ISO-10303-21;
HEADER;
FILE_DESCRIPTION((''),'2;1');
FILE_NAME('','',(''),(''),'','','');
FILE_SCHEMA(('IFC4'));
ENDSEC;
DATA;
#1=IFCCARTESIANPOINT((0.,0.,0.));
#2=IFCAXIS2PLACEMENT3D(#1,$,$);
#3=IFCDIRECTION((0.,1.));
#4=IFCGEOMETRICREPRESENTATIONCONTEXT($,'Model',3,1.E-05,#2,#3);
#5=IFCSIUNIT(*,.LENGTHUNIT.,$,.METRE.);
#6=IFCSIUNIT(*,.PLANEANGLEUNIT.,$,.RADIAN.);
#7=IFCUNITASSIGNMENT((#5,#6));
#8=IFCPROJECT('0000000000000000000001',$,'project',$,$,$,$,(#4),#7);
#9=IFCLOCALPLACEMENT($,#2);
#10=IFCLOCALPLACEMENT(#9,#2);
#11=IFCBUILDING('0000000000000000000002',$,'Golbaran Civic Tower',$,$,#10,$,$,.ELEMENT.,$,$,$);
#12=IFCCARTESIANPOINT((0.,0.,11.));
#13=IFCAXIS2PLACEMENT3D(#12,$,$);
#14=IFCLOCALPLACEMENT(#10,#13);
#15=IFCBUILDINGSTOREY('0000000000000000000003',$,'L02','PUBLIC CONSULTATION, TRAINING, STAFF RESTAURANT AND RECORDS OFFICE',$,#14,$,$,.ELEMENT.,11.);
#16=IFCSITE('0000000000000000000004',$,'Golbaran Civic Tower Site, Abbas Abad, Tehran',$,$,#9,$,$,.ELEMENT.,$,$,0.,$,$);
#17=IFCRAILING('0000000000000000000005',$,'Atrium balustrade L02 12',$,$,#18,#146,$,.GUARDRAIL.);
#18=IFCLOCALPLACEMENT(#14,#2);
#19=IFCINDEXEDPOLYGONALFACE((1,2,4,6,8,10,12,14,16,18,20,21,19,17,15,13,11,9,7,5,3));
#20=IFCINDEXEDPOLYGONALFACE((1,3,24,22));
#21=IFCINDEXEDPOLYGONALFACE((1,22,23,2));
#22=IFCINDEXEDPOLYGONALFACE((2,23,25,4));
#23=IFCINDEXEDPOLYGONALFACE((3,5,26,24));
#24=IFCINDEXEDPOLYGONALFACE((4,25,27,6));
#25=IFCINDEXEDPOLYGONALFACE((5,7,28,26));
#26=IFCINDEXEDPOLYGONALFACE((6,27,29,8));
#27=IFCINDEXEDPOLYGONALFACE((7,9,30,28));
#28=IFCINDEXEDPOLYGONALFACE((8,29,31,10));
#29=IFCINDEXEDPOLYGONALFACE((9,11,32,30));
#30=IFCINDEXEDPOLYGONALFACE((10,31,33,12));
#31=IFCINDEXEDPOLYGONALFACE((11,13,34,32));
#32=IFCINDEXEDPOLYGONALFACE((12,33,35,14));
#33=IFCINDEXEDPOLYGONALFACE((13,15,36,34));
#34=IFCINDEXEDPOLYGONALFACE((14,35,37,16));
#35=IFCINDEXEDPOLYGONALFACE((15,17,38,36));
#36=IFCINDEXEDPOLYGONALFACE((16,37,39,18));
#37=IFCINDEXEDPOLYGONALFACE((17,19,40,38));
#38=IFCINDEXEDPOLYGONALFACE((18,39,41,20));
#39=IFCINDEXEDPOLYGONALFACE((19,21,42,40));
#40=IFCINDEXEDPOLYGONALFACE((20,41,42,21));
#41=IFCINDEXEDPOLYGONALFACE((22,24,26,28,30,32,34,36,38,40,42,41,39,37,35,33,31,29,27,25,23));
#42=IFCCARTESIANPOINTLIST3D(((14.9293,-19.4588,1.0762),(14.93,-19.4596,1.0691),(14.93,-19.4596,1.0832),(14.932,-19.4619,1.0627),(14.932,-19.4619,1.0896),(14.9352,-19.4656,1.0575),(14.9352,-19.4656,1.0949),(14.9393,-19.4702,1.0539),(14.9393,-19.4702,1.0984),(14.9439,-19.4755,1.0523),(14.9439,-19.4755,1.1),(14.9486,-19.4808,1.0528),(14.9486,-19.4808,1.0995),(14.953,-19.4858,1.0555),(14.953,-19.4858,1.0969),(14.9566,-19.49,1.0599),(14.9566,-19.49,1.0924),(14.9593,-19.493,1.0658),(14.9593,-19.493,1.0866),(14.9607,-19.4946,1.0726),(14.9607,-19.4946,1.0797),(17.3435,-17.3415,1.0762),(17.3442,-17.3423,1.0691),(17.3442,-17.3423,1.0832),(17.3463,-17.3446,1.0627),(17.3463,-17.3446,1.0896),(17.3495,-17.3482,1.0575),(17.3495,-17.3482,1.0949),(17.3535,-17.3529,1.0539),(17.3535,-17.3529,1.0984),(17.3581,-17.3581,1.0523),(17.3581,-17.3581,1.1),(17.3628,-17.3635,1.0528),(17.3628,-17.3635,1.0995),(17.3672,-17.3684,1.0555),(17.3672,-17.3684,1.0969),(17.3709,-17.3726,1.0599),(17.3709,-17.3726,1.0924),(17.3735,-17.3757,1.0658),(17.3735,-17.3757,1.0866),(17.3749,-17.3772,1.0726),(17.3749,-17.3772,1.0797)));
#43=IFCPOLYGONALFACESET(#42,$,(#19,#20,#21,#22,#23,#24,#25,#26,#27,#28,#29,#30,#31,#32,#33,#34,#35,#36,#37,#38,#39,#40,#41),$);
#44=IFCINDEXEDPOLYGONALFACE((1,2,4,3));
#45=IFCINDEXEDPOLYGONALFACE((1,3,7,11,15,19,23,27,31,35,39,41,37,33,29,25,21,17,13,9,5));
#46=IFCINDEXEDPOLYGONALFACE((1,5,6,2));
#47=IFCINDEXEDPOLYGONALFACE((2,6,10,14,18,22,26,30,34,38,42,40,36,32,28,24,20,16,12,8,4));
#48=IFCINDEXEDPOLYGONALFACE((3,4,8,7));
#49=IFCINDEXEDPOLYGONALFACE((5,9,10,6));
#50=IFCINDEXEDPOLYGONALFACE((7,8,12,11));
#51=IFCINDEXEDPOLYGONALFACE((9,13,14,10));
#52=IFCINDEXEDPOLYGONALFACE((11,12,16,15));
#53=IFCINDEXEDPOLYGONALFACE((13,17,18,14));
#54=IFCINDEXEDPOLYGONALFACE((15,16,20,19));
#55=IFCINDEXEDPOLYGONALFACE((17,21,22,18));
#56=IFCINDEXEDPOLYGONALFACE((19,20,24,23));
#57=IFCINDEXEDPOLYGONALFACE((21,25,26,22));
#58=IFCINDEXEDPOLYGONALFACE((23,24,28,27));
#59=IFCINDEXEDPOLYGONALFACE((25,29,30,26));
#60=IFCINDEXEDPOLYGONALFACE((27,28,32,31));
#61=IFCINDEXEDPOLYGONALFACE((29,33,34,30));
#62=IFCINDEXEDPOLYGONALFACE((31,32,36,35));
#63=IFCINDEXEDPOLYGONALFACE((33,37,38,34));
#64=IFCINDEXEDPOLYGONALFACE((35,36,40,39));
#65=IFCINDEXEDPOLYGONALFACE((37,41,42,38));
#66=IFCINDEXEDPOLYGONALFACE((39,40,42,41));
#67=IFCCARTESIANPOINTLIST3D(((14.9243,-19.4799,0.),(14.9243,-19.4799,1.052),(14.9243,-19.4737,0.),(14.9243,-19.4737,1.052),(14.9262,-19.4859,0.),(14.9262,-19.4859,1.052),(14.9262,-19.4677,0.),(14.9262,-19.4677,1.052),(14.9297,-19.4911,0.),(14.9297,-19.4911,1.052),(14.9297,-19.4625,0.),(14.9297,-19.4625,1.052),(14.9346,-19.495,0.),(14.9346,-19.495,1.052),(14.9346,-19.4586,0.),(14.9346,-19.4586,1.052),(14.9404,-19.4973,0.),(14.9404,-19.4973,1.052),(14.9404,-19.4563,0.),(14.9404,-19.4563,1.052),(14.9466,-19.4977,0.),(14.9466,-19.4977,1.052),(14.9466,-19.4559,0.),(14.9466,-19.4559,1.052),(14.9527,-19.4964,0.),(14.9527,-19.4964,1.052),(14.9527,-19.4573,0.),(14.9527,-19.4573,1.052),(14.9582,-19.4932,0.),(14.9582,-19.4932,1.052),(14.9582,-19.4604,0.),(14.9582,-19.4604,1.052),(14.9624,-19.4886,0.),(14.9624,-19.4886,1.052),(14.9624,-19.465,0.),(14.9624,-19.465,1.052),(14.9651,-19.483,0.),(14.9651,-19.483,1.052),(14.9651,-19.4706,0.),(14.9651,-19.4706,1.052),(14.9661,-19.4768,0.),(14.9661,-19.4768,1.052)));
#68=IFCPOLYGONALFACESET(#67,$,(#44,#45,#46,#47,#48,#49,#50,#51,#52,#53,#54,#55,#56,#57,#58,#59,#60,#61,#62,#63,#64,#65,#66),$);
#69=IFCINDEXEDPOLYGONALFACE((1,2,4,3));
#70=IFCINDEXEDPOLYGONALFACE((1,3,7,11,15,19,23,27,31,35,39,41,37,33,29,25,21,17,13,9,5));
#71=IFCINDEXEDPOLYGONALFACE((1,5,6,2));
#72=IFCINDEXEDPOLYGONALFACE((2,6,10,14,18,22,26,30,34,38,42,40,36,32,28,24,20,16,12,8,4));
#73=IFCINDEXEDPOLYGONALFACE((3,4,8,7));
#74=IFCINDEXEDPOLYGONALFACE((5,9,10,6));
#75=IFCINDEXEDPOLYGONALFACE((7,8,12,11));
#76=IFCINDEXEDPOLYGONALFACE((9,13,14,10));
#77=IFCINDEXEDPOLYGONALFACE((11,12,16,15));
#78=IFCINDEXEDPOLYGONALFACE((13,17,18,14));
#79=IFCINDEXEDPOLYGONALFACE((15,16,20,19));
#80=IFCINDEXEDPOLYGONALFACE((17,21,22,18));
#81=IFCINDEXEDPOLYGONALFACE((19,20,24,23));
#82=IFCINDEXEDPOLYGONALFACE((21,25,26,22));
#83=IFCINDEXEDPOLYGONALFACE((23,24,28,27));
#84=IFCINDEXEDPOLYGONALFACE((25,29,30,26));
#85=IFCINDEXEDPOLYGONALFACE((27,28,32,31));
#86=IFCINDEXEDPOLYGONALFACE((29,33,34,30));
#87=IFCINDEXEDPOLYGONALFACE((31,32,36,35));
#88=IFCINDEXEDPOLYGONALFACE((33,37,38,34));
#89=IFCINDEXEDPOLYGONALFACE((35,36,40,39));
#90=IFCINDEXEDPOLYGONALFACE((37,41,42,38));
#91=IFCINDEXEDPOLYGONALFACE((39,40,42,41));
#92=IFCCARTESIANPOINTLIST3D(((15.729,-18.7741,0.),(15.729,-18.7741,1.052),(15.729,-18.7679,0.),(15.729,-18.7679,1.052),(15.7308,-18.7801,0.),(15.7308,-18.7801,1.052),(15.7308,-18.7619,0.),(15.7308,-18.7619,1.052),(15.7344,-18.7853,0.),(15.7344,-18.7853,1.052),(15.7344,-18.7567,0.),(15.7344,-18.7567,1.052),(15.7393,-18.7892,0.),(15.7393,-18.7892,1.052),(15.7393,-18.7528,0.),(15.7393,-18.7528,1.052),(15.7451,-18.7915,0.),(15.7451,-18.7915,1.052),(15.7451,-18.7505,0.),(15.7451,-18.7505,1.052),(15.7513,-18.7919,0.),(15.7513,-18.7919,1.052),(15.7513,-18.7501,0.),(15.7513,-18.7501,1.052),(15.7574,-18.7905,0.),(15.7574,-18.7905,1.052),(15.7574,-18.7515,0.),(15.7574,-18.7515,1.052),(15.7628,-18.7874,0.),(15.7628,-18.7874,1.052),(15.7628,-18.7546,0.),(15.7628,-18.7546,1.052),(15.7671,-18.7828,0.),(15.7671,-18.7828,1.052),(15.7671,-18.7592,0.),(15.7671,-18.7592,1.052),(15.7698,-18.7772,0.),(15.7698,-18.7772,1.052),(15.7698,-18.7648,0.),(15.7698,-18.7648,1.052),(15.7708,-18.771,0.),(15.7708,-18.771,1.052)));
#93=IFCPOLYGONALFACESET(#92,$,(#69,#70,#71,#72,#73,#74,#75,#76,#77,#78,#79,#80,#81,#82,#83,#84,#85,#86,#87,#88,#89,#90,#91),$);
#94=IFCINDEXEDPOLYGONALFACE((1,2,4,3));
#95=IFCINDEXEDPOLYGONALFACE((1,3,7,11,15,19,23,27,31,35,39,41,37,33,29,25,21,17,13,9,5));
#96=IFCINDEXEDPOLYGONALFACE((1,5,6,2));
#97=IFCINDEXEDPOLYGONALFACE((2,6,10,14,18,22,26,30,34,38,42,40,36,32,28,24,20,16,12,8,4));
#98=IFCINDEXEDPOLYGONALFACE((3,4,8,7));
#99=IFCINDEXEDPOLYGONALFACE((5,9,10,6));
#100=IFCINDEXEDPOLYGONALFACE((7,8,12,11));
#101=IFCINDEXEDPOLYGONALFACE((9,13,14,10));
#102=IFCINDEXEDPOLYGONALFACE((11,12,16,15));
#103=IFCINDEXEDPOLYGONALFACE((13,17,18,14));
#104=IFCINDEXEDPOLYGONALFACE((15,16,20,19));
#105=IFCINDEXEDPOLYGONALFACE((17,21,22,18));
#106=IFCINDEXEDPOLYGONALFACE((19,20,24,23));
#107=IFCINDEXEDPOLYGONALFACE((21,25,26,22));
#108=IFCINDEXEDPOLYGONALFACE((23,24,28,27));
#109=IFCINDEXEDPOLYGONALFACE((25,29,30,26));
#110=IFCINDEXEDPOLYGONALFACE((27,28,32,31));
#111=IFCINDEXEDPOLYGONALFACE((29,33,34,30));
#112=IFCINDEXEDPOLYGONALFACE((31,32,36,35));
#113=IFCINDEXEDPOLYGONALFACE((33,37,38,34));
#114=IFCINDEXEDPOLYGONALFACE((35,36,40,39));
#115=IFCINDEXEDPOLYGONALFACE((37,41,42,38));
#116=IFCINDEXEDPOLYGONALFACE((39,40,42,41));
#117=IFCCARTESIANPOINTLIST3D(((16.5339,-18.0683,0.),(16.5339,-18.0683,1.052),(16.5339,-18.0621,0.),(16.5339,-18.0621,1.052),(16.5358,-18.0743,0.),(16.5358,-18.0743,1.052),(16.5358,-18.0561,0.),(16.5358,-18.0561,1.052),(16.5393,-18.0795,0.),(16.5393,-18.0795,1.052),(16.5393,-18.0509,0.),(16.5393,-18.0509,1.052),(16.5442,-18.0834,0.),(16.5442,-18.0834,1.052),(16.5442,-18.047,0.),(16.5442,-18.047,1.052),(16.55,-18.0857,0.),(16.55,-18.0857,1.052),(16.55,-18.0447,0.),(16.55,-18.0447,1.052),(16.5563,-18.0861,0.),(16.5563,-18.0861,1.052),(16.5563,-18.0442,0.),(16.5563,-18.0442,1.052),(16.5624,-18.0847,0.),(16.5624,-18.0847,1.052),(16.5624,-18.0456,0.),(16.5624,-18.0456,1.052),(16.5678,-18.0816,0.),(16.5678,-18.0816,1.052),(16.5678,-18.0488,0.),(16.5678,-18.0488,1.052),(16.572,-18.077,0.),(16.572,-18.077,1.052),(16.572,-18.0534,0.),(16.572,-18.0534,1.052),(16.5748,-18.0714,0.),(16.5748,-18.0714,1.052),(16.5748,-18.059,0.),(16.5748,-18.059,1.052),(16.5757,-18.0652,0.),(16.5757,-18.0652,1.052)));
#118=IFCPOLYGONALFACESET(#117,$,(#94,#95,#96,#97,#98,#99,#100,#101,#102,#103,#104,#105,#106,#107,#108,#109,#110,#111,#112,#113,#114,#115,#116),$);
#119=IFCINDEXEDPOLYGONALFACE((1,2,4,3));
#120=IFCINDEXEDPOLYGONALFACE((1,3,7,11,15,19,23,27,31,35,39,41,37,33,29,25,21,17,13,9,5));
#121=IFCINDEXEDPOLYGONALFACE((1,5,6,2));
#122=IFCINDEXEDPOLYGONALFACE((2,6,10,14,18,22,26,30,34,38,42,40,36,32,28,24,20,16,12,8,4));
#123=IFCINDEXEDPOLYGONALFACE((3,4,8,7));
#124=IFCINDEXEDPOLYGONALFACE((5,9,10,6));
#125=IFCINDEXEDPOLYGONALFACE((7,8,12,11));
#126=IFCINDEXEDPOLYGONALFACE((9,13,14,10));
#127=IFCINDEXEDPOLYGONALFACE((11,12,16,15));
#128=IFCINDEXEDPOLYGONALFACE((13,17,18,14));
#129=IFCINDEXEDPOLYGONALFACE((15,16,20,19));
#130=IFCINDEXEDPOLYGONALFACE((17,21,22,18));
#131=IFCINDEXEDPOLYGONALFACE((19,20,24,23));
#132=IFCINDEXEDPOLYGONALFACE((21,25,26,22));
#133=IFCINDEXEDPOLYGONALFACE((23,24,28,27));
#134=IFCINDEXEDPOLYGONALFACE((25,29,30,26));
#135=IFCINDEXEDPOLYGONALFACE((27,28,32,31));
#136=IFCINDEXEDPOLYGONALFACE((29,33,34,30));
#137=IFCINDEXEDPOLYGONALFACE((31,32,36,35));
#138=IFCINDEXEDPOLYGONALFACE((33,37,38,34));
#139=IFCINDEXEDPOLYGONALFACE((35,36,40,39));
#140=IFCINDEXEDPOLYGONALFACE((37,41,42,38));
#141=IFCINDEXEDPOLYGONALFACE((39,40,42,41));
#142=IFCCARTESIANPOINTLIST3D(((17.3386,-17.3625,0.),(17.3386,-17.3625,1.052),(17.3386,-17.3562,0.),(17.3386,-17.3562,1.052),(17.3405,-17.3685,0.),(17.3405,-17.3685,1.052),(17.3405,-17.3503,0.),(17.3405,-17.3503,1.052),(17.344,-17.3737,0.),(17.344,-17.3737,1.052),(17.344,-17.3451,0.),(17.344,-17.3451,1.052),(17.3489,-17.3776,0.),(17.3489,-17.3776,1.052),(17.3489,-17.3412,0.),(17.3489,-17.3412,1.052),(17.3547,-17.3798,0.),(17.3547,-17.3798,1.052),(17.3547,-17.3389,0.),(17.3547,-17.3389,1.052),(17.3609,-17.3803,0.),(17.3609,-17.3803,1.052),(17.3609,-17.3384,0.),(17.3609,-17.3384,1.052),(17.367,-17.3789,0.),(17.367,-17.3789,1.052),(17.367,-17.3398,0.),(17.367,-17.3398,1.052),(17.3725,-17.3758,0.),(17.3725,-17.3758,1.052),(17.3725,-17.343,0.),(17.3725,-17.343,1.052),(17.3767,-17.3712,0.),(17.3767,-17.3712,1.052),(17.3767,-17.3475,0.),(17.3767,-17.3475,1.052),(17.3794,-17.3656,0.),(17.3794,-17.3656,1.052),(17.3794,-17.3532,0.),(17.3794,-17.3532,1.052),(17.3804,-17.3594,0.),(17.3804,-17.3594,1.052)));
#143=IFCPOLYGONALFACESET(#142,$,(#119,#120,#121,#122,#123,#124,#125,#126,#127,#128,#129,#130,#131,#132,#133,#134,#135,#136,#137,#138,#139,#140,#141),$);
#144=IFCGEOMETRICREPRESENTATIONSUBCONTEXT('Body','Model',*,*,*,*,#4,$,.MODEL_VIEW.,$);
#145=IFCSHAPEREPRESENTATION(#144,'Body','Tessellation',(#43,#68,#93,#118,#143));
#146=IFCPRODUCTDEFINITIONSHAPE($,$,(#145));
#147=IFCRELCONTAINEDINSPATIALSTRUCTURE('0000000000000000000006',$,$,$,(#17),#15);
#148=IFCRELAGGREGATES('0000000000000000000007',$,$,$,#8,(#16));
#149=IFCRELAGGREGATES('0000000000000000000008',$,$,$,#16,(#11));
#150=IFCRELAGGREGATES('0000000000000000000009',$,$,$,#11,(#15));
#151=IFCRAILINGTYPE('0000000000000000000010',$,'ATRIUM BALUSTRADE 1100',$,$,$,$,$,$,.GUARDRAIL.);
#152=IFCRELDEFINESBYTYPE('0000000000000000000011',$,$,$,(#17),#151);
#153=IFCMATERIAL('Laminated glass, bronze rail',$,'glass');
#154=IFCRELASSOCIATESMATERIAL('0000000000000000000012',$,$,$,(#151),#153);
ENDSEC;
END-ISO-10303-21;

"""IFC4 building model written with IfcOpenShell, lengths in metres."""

from ifc_helpers import new_model, si_unit, direction, frame, origin, origin_2d, place, context, subcontext, project, spatial, circle, extrude, material, type_object, element, save


model = new_model("IFC4")

# Units and contexts
model_context = context("Model", 3, precision=1e-05, world=origin(), true_north=direction((0.0, 1.0)))
body_context = subcontext(model_context, "Body", "Model", "MODEL_VIEW")
ifc_project = project(units=[si_unit("LENGTHUNIT", "METRE"), si_unit("PLANEANGLEUNIT", "RADIAN")], contexts=[model_context])

# Site, building, storey
site_placement = place(None, origin())
site = spatial("IfcSite", under=ifc_project, at=site_placement, Name="Golbaran Civic Tower Site, Abbas Abad, Tehran", CompositionType="ELEMENT", RefElevation=0.0)
building_placement = place(site_placement, origin())
building = spatial("IfcBuilding", under=site, at=building_placement, Name="Golbaran Civic Tower", CompositionType="ELEMENT")
storey_placement = place(building_placement, frame((0.0, 0.0, 11.0)))
storey = spatial("IfcBuildingStorey", under=building, at=storey_placement, Name="L02", Description="PUBLIC CONSULTATION, TRAINING, STAFF RESTAURANT AND RECORDS OFFICE", CompositionType="ELEMENT", Elevation=11.0)

# Railing
ifc_material_1 = material(Name="Laminated glass, bronze rail", Category="glass")
railing_type = type_object("IfcRailingType", Name="ATRIUM BALUSTRADE 1100", PredefinedType="GUARDRAIL", material=ifc_material_1)
railing_placement = place(storey_placement, frame((14.9451, -19.4768, 0.0)))
element("IfcRailing", 1, at=railing_placement, inside=storey, type_object=railing_type, Name="Atrium balustrade L02 12", PredefinedType="GUARDRAIL", context=body_context, shape_type="SweptSolid", body=[
    extrude(circle(Radius=0.0239, at=origin_2d()), frame((0.0, 0.0, 1.0762), z_axis=(0.751818, 0.659371, 0.0), x_axis=(-0.659371, 0.751818, 0.0)), (0.0, 0.0, 1.0), 3.2112),
    extrude(circle(Radius=0.021, at=origin_2d()), origin(), (0.0, 0.0, 1.0), 1.052),
    extrude(circle(Radius=0.021, at=origin_2d()), frame((0.8047, 0.7058, 0.0)), (0.0, 0.0, 1.0), 1.052),
    extrude(circle(Radius=0.021, at=origin_2d()), frame((1.6096, 1.4116, 0.0)), (0.0, 0.0, 1.0), 1.052),
    extrude(circle(Radius=0.021, at=origin_2d()), frame((2.4143, 2.1174, 0.0)), (0.0, 0.0, 1.0), 1.052),
])

save(model, "model.ifc")
